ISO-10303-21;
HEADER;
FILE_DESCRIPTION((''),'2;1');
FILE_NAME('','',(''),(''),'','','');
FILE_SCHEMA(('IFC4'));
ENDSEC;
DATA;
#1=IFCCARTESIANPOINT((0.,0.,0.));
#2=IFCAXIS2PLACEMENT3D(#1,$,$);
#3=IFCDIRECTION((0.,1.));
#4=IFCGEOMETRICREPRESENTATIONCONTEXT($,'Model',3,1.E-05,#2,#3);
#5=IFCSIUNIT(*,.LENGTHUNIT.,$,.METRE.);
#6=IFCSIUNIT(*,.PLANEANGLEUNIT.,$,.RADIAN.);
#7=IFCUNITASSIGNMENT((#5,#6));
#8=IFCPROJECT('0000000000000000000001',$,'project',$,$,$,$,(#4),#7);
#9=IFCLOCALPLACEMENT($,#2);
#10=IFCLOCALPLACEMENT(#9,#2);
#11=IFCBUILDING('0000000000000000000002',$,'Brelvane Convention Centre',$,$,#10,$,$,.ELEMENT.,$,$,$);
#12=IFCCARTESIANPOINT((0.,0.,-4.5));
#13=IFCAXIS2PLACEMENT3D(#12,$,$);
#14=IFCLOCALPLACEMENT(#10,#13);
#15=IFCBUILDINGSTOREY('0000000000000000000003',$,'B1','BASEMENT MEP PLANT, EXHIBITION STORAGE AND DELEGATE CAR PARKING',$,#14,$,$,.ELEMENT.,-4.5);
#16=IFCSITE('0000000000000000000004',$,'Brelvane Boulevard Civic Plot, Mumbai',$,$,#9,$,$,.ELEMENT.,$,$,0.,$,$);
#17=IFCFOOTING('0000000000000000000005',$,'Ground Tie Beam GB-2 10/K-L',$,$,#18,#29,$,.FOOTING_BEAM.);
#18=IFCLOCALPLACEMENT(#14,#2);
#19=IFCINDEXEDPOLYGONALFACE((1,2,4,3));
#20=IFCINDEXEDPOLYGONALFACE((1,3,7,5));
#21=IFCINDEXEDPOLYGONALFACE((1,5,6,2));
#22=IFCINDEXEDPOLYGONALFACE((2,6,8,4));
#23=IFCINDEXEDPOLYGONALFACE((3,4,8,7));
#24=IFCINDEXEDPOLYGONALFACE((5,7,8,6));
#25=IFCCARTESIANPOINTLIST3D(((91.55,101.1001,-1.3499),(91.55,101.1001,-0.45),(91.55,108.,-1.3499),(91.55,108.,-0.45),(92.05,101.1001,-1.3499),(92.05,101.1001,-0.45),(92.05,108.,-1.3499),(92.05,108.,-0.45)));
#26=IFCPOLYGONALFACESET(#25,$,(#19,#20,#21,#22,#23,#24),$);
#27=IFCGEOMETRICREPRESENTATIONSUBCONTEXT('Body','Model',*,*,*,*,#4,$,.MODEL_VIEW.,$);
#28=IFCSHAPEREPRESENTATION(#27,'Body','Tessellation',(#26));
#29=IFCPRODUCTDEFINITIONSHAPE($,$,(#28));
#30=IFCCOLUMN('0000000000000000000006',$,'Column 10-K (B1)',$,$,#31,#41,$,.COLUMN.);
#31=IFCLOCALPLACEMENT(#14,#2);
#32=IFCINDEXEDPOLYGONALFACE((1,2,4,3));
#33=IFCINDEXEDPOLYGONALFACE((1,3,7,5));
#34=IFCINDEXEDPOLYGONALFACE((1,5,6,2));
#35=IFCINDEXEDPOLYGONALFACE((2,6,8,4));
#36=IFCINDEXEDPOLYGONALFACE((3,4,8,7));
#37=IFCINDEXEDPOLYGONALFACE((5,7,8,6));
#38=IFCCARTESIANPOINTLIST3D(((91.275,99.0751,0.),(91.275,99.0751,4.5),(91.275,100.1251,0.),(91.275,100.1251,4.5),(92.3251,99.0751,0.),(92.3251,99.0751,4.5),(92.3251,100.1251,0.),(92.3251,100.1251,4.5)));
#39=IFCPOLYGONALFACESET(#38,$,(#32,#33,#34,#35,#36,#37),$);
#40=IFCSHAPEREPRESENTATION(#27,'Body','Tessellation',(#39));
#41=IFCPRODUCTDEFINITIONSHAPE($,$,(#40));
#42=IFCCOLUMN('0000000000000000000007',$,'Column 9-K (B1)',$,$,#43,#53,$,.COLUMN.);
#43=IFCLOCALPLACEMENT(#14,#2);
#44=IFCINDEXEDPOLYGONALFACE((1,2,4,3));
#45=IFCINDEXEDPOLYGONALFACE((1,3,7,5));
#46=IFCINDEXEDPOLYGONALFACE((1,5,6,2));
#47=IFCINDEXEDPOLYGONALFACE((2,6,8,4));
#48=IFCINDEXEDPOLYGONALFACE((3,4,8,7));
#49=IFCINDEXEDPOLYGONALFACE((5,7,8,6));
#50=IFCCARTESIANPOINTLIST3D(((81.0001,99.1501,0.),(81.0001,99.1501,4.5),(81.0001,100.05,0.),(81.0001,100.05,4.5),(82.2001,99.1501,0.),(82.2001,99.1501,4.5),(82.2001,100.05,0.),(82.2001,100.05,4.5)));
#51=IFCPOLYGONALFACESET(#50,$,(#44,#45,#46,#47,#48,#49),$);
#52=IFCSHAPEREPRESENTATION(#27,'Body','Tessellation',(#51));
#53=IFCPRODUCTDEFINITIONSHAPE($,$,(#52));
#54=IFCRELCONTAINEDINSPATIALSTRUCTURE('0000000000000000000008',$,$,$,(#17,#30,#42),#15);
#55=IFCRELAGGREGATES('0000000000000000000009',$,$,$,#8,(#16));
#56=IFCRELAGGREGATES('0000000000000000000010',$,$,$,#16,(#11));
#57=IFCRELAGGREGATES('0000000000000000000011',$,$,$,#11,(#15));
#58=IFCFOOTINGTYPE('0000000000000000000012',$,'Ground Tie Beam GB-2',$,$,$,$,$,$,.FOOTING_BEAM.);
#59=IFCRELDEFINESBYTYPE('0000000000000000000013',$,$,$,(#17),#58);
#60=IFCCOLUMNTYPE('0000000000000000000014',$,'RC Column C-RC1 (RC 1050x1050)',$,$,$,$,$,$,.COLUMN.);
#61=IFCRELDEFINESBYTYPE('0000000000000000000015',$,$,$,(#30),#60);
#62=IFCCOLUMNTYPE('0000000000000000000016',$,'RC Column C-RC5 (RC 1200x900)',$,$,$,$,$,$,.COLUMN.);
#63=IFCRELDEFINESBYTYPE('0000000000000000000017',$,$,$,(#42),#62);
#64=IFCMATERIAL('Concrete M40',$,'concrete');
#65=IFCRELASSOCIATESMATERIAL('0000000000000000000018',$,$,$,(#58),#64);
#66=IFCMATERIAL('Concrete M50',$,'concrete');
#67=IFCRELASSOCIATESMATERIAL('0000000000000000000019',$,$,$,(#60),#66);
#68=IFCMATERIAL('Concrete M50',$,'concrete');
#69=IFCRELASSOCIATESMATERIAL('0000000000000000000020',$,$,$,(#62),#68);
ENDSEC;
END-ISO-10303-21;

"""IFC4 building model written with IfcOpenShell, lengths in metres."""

from ifc_helpers import new_model, si_unit, direction, frame, origin, origin_2d, place, context, subcontext, project, spatial, rectangle, extrude, material, material_profile, profile_set, type_object, element, save


model = new_model("IFC4")

# Units and contexts
model_context = context("Model", 3, precision=1e-05, world=origin(), true_north=direction((0.0, 1.0)))
body_context = subcontext(model_context, "Body", "Model", "MODEL_VIEW")
ifc_project = project(units=[si_unit("LENGTHUNIT", "METRE"), si_unit("PLANEANGLEUNIT", "RADIAN")], contexts=[model_context])

# Site, building, storey
site_placement = place(None, origin())
site = spatial("IfcSite", under=ifc_project, at=site_placement, Name="Brelvane Boulevard Civic Plot, Mumbai", CompositionType="ELEMENT", RefElevation=0.0)
building_placement = place(site_placement, origin())
building = spatial("IfcBuilding", under=site, at=building_placement, Name="Brelvane Convention Centre", CompositionType="ELEMENT")
storey_placement = place(building_placement, frame((0.0, 0.0, -4.5)))
storey = spatial("IfcBuildingStorey", under=building, at=storey_placement, Name="B1", Description="BASEMENT MEP PLANT, EXHIBITION STORAGE AND DELEGATE CAR PARKING", CompositionType="ELEMENT", Elevation=-4.5)

# Footing
ifc_material_1 = material(Name="Concrete M40", Category="concrete")
ifc_material_profile_1 = material_profile(ifc_material_1, rectangle(XDim=0.5, YDim=0.8999, at=origin_2d()), Name="RC 500x900")
ifc_profile_set_1 = profile_set([ifc_material_profile_1], Name="Concrete M40")
footing_type_1 = type_object("IfcFootingType", Name="Ground Tie Beam GB-2", PredefinedType="FOOTING_BEAM", material=ifc_profile_set_1)
footing_1_placement = place(storey_placement, frame((91.8, 101.1001, -0.8999), z_axis=(0.0, 1.0, 0.0), x_axis=(-1.0, 0.0, 0.0)))
element("IfcFooting", 1, at=footing_1_placement, inside=storey, type_object=footing_type_1, Name="Ground Tie Beam GB-2 10/K-L", PredefinedType="FOOTING_BEAM", context=body_context, shape_type="SweptSolid", body=[
    extrude(rectangle(XDim=0.5, YDim=0.8999, at=origin_2d()), origin(), (0.0, 0.0, 1.0), 6.8999),
])

# Columns
ifc_material_2 = material(Name="Concrete M50", Category="concrete")
ifc_material_profile_2 = material_profile(ifc_material_2, rectangle(XDim=1.05, YDim=1.05, at=origin_2d()), Name="RC 1050x1050")
ifc_profile_set_2 = profile_set([ifc_material_profile_2], Name="Concrete M50")
column_type_1 = type_object("IfcColumnType", Name="RC Column C-RC1 (RC 1050x1050)", PredefinedType="COLUMN", material=ifc_profile_set_2)
column_1_placement = place(storey_placement, frame((91.8, 99.6001, 0.0), z_axis=(0.0, 0.0, 1.0), x_axis=(1.0, 0.0, 0.0)))
element("IfcColumn", 2, at=column_1_placement, inside=storey, type_object=column_type_1, Name="Column 10-K (B1)", PredefinedType="COLUMN", context=body_context, shape_type="SweptSolid", body=[
    extrude(rectangle(XDim=1.05, YDim=1.05, at=origin_2d()), origin(), (0.0, 0.0, 1.0), 4.5),
])
ifc_material_3 = material(Name="Concrete M50", Category="concrete")
ifc_material_profile_3 = material_profile(ifc_material_3, rectangle(XDim=1.2, YDim=0.8999, at=origin_2d()), Name="RC 1200x900")
ifc_profile_set_3 = profile_set([ifc_material_profile_3], Name="Concrete M50")
column_type_2 = type_object("IfcColumnType", Name="RC Column C-RC5 (RC 1200x900)", PredefinedType="COLUMN", material=ifc_profile_set_3)
column_2_placement = place(storey_placement, frame((81.6001, 99.6001, 0.0), z_axis=(0.0, 0.0, 1.0), x_axis=(1.0, 0.0, 0.0)))
element("IfcColumn", 3, at=column_2_placement, inside=storey, type_object=column_type_2, Name="Column 9-K (B1)", PredefinedType="COLUMN", context=body_context, shape_type="SweptSolid", body=[
    extrude(rectangle(XDim=1.2, YDim=0.8999, at=origin_2d()), origin(), (0.0, 0.0, 1.0), 4.5),
])

save(model, "model.ifc")
